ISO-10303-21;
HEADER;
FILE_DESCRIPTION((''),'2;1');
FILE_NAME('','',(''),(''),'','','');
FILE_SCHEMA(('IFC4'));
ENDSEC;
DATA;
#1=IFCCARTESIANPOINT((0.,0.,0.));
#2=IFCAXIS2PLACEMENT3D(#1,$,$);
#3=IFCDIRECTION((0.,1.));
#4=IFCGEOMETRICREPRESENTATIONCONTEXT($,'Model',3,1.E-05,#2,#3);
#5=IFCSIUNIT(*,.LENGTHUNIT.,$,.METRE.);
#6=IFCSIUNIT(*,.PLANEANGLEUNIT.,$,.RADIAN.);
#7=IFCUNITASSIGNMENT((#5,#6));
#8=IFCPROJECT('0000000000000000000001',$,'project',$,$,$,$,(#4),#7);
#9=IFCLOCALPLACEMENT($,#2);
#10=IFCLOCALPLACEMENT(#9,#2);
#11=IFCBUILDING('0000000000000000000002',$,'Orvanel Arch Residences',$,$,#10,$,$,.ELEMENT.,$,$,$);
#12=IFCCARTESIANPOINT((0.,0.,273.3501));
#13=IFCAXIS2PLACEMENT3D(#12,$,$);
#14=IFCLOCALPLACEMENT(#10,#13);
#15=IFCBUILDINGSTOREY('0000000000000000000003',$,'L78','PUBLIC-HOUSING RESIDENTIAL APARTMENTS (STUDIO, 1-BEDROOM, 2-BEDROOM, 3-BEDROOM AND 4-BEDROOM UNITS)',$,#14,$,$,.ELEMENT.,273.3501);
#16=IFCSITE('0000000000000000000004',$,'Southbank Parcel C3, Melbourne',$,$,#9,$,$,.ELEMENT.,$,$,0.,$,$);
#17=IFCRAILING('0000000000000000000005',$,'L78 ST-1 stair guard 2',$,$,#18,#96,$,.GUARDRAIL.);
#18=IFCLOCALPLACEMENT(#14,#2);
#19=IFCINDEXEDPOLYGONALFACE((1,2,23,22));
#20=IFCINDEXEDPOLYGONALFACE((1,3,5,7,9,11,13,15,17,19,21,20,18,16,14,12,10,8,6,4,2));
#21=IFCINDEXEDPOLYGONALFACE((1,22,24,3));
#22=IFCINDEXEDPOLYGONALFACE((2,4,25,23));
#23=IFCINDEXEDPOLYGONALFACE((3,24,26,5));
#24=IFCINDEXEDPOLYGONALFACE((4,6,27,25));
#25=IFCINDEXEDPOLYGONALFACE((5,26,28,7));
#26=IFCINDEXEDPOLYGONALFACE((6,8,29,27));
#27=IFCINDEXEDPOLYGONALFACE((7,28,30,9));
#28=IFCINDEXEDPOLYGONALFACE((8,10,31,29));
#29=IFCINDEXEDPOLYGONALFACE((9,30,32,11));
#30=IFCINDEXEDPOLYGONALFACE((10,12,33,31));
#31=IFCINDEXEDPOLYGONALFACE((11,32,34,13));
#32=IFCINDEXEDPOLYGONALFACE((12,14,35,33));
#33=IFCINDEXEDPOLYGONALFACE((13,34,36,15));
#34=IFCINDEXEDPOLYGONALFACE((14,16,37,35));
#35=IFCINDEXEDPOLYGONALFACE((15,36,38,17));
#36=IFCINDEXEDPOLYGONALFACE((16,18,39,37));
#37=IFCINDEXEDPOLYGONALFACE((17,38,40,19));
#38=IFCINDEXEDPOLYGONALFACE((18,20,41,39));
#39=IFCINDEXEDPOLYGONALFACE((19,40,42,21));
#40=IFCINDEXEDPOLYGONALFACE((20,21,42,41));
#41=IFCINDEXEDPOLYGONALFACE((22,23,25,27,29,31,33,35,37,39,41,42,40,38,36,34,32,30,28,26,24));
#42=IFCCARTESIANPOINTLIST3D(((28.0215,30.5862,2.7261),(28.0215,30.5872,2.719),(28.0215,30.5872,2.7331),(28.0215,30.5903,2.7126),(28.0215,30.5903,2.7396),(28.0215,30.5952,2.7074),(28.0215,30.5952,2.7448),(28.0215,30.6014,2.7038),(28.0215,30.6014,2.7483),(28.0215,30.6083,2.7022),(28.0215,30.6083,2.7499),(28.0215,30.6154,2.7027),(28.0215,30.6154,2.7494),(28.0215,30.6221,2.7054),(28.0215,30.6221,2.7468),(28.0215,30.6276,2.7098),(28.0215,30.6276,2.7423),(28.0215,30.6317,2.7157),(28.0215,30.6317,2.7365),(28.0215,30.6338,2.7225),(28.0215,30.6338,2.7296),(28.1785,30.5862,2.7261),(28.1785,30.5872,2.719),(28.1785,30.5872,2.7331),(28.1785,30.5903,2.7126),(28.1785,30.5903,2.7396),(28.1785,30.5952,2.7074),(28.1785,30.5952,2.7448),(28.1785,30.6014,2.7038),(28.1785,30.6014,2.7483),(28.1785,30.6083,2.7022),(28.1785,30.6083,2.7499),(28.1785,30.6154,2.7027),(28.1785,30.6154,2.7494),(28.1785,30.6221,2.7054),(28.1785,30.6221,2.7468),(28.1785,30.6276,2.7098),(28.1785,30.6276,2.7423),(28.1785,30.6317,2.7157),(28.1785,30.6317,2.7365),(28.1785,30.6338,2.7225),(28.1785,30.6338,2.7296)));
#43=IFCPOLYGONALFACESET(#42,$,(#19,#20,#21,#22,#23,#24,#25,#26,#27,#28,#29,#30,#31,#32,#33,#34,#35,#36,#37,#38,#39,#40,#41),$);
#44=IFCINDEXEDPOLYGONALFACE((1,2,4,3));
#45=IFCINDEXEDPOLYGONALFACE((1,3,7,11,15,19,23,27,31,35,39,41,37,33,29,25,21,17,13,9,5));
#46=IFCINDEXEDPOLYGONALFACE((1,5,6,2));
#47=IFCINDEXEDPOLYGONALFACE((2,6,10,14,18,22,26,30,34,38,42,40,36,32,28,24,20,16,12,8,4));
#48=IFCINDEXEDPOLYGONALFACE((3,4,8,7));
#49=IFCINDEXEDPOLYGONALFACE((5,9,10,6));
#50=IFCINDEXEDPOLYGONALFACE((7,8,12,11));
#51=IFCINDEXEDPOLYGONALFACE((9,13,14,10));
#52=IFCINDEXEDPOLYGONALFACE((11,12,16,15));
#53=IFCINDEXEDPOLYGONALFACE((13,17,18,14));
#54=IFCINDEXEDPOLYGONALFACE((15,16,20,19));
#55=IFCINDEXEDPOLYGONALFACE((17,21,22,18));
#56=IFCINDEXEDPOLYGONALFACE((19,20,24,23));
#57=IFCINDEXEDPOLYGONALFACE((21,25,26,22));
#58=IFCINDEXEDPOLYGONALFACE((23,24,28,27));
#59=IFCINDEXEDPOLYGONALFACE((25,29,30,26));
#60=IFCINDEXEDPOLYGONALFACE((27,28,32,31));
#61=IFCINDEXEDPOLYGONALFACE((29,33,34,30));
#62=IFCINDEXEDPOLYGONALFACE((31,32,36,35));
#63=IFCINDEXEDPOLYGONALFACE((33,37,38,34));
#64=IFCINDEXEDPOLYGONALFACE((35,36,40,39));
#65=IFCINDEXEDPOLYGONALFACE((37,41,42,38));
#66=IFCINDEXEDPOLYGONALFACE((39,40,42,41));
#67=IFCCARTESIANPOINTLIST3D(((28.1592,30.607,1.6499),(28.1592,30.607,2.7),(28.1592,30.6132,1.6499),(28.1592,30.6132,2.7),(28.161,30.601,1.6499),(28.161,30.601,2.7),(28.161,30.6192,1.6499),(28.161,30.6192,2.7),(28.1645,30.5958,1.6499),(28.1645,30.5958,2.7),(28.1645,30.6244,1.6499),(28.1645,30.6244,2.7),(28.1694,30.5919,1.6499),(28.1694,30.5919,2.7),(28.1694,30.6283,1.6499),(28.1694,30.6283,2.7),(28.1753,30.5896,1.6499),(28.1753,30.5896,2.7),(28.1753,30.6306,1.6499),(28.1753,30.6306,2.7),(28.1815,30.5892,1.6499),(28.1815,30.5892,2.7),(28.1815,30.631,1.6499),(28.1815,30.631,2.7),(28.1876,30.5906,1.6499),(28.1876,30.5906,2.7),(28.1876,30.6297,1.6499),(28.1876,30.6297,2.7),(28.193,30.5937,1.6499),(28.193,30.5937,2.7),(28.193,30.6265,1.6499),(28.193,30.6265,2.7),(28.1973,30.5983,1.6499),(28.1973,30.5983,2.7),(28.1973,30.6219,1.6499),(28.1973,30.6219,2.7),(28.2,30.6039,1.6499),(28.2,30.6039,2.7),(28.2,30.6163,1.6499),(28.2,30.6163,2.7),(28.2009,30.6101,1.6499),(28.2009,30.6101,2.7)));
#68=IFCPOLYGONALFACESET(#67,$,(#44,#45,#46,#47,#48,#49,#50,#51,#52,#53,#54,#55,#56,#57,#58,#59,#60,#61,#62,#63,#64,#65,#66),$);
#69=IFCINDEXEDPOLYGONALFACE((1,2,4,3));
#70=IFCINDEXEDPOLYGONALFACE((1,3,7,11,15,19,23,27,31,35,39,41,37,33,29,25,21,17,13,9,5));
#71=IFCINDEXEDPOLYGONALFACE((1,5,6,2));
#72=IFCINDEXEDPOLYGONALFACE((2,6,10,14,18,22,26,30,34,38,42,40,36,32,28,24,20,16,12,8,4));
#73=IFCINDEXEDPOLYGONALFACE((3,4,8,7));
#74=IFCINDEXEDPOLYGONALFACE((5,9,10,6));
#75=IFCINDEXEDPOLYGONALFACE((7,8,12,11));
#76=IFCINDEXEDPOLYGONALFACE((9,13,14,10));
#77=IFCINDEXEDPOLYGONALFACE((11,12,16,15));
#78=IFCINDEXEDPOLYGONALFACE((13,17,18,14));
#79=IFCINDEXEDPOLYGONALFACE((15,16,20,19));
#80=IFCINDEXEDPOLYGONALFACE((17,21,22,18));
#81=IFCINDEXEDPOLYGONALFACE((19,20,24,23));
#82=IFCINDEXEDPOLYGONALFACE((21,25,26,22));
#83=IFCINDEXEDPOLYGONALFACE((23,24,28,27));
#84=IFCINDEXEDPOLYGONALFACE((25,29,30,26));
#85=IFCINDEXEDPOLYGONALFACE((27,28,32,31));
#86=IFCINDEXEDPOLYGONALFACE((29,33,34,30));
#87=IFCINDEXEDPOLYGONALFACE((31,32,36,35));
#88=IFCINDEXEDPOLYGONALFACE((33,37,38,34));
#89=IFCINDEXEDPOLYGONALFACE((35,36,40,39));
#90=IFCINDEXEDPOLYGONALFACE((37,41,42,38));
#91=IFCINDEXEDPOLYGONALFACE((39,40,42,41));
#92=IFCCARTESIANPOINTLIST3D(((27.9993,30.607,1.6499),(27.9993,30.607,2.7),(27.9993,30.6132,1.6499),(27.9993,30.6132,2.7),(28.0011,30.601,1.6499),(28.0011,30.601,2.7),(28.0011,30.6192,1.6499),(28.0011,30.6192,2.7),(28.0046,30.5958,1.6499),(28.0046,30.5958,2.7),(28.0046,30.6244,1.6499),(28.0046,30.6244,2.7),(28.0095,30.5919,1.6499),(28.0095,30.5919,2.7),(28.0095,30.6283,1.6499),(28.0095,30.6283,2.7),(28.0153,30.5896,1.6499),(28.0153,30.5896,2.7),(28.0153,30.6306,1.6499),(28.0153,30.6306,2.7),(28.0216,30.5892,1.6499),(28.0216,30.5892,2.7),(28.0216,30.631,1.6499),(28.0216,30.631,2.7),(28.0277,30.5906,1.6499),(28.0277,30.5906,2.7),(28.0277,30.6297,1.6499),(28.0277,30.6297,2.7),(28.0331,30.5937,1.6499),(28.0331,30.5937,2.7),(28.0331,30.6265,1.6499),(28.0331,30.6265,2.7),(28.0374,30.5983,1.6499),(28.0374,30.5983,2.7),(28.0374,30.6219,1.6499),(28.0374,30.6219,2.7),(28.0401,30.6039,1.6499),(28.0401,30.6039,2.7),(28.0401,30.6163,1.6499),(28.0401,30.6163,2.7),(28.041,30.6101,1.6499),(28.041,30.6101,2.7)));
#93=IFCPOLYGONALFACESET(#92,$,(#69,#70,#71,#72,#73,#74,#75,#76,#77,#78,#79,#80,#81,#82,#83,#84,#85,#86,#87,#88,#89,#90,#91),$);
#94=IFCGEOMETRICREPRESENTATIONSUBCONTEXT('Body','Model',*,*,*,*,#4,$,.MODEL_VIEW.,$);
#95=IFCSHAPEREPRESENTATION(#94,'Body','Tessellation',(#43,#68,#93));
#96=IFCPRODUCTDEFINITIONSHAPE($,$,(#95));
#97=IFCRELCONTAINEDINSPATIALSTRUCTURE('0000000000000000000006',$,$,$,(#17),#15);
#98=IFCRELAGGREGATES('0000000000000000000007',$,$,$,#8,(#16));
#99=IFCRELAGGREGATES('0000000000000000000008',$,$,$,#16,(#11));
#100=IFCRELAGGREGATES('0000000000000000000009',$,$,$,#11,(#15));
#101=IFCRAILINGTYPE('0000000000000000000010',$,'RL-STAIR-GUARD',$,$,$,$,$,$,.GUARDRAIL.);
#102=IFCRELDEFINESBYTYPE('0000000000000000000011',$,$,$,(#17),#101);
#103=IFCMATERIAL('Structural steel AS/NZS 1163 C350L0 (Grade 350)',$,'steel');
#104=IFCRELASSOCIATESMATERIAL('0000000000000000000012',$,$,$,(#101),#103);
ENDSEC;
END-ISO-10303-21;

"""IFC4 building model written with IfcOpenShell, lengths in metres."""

from ifc_helpers import new_model, si_unit, direction, frame, origin, origin_2d, place, context, subcontext, project, spatial, circle, extrude, material, type_object, element, save


model = new_model("IFC4")

# Units and contexts
model_context = context("Model", 3, precision=1e-05, world=origin(), true_north=direction((0.0, 1.0)))
body_context = subcontext(model_context, "Body", "Model", "MODEL_VIEW")
ifc_project = project(units=[si_unit("LENGTHUNIT", "METRE"), si_unit("PLANEANGLEUNIT", "RADIAN")], contexts=[model_context])

# Site, building, storey
site_placement = place(None, origin())
site = spatial("IfcSite", under=ifc_project, at=site_placement, Name="Southbank Parcel C3, Melbourne", CompositionType="ELEMENT", RefElevation=0.0)
building_placement = place(site_placement, origin())
building = spatial("IfcBuilding", under=site, at=building_placement, Name="Orvanel Arch Residences", CompositionType="ELEMENT")
storey_placement = place(building_placement, frame((0.0, 0.0, 273.3501)))
storey = spatial("IfcBuildingStorey", under=building, at=storey_placement, Name="L78", Description="PUBLIC-HOUSING RESIDENTIAL APARTMENTS (STUDIO, 1-BEDROOM, 2-BEDROOM, 3-BEDROOM AND 4-BEDROOM UNITS)", CompositionType="ELEMENT", Elevation=273.3501)

# Railing
ifc_material_1 = material(Name="Structural steel AS/NZS 1163 C350L0 (Grade 350)", Category="steel")
railing_type_1 = type_object("IfcRailingType", Name="RL-STAIR-GUARD", PredefinedType="GUARDRAIL", material=ifc_material_1)
railing_1_placement = place(storey_placement, frame((28.1799, 30.6101, 1.6499)))
element("IfcRailing", 1, at=railing_1_placement, inside=storey, type_object=railing_type_1, Name="L78 ST-1 stair guard 2", PredefinedType="GUARDRAIL", context=body_context, shape_type="SweptSolid", body=[
    extrude(circle(Radius=0.0239, at=origin_2d()), frame((-0.0015, 0.0, 1.0762), z_axis=(-1.0, 0.0, 0.0), x_axis=(0.0, -1.0, 0.0)), (0.0, 0.0, 1.0), 0.157),
    extrude(circle(Radius=0.021, at=origin_2d()), origin(), (0.0, 0.0, 1.0), 1.05),
    extrude(circle(Radius=0.021, at=origin_2d()), frame((-0.1599, 0.0, 0.0)), (0.0, 0.0, 1.0), 1.05),
])

save(model, "model.ifc")
